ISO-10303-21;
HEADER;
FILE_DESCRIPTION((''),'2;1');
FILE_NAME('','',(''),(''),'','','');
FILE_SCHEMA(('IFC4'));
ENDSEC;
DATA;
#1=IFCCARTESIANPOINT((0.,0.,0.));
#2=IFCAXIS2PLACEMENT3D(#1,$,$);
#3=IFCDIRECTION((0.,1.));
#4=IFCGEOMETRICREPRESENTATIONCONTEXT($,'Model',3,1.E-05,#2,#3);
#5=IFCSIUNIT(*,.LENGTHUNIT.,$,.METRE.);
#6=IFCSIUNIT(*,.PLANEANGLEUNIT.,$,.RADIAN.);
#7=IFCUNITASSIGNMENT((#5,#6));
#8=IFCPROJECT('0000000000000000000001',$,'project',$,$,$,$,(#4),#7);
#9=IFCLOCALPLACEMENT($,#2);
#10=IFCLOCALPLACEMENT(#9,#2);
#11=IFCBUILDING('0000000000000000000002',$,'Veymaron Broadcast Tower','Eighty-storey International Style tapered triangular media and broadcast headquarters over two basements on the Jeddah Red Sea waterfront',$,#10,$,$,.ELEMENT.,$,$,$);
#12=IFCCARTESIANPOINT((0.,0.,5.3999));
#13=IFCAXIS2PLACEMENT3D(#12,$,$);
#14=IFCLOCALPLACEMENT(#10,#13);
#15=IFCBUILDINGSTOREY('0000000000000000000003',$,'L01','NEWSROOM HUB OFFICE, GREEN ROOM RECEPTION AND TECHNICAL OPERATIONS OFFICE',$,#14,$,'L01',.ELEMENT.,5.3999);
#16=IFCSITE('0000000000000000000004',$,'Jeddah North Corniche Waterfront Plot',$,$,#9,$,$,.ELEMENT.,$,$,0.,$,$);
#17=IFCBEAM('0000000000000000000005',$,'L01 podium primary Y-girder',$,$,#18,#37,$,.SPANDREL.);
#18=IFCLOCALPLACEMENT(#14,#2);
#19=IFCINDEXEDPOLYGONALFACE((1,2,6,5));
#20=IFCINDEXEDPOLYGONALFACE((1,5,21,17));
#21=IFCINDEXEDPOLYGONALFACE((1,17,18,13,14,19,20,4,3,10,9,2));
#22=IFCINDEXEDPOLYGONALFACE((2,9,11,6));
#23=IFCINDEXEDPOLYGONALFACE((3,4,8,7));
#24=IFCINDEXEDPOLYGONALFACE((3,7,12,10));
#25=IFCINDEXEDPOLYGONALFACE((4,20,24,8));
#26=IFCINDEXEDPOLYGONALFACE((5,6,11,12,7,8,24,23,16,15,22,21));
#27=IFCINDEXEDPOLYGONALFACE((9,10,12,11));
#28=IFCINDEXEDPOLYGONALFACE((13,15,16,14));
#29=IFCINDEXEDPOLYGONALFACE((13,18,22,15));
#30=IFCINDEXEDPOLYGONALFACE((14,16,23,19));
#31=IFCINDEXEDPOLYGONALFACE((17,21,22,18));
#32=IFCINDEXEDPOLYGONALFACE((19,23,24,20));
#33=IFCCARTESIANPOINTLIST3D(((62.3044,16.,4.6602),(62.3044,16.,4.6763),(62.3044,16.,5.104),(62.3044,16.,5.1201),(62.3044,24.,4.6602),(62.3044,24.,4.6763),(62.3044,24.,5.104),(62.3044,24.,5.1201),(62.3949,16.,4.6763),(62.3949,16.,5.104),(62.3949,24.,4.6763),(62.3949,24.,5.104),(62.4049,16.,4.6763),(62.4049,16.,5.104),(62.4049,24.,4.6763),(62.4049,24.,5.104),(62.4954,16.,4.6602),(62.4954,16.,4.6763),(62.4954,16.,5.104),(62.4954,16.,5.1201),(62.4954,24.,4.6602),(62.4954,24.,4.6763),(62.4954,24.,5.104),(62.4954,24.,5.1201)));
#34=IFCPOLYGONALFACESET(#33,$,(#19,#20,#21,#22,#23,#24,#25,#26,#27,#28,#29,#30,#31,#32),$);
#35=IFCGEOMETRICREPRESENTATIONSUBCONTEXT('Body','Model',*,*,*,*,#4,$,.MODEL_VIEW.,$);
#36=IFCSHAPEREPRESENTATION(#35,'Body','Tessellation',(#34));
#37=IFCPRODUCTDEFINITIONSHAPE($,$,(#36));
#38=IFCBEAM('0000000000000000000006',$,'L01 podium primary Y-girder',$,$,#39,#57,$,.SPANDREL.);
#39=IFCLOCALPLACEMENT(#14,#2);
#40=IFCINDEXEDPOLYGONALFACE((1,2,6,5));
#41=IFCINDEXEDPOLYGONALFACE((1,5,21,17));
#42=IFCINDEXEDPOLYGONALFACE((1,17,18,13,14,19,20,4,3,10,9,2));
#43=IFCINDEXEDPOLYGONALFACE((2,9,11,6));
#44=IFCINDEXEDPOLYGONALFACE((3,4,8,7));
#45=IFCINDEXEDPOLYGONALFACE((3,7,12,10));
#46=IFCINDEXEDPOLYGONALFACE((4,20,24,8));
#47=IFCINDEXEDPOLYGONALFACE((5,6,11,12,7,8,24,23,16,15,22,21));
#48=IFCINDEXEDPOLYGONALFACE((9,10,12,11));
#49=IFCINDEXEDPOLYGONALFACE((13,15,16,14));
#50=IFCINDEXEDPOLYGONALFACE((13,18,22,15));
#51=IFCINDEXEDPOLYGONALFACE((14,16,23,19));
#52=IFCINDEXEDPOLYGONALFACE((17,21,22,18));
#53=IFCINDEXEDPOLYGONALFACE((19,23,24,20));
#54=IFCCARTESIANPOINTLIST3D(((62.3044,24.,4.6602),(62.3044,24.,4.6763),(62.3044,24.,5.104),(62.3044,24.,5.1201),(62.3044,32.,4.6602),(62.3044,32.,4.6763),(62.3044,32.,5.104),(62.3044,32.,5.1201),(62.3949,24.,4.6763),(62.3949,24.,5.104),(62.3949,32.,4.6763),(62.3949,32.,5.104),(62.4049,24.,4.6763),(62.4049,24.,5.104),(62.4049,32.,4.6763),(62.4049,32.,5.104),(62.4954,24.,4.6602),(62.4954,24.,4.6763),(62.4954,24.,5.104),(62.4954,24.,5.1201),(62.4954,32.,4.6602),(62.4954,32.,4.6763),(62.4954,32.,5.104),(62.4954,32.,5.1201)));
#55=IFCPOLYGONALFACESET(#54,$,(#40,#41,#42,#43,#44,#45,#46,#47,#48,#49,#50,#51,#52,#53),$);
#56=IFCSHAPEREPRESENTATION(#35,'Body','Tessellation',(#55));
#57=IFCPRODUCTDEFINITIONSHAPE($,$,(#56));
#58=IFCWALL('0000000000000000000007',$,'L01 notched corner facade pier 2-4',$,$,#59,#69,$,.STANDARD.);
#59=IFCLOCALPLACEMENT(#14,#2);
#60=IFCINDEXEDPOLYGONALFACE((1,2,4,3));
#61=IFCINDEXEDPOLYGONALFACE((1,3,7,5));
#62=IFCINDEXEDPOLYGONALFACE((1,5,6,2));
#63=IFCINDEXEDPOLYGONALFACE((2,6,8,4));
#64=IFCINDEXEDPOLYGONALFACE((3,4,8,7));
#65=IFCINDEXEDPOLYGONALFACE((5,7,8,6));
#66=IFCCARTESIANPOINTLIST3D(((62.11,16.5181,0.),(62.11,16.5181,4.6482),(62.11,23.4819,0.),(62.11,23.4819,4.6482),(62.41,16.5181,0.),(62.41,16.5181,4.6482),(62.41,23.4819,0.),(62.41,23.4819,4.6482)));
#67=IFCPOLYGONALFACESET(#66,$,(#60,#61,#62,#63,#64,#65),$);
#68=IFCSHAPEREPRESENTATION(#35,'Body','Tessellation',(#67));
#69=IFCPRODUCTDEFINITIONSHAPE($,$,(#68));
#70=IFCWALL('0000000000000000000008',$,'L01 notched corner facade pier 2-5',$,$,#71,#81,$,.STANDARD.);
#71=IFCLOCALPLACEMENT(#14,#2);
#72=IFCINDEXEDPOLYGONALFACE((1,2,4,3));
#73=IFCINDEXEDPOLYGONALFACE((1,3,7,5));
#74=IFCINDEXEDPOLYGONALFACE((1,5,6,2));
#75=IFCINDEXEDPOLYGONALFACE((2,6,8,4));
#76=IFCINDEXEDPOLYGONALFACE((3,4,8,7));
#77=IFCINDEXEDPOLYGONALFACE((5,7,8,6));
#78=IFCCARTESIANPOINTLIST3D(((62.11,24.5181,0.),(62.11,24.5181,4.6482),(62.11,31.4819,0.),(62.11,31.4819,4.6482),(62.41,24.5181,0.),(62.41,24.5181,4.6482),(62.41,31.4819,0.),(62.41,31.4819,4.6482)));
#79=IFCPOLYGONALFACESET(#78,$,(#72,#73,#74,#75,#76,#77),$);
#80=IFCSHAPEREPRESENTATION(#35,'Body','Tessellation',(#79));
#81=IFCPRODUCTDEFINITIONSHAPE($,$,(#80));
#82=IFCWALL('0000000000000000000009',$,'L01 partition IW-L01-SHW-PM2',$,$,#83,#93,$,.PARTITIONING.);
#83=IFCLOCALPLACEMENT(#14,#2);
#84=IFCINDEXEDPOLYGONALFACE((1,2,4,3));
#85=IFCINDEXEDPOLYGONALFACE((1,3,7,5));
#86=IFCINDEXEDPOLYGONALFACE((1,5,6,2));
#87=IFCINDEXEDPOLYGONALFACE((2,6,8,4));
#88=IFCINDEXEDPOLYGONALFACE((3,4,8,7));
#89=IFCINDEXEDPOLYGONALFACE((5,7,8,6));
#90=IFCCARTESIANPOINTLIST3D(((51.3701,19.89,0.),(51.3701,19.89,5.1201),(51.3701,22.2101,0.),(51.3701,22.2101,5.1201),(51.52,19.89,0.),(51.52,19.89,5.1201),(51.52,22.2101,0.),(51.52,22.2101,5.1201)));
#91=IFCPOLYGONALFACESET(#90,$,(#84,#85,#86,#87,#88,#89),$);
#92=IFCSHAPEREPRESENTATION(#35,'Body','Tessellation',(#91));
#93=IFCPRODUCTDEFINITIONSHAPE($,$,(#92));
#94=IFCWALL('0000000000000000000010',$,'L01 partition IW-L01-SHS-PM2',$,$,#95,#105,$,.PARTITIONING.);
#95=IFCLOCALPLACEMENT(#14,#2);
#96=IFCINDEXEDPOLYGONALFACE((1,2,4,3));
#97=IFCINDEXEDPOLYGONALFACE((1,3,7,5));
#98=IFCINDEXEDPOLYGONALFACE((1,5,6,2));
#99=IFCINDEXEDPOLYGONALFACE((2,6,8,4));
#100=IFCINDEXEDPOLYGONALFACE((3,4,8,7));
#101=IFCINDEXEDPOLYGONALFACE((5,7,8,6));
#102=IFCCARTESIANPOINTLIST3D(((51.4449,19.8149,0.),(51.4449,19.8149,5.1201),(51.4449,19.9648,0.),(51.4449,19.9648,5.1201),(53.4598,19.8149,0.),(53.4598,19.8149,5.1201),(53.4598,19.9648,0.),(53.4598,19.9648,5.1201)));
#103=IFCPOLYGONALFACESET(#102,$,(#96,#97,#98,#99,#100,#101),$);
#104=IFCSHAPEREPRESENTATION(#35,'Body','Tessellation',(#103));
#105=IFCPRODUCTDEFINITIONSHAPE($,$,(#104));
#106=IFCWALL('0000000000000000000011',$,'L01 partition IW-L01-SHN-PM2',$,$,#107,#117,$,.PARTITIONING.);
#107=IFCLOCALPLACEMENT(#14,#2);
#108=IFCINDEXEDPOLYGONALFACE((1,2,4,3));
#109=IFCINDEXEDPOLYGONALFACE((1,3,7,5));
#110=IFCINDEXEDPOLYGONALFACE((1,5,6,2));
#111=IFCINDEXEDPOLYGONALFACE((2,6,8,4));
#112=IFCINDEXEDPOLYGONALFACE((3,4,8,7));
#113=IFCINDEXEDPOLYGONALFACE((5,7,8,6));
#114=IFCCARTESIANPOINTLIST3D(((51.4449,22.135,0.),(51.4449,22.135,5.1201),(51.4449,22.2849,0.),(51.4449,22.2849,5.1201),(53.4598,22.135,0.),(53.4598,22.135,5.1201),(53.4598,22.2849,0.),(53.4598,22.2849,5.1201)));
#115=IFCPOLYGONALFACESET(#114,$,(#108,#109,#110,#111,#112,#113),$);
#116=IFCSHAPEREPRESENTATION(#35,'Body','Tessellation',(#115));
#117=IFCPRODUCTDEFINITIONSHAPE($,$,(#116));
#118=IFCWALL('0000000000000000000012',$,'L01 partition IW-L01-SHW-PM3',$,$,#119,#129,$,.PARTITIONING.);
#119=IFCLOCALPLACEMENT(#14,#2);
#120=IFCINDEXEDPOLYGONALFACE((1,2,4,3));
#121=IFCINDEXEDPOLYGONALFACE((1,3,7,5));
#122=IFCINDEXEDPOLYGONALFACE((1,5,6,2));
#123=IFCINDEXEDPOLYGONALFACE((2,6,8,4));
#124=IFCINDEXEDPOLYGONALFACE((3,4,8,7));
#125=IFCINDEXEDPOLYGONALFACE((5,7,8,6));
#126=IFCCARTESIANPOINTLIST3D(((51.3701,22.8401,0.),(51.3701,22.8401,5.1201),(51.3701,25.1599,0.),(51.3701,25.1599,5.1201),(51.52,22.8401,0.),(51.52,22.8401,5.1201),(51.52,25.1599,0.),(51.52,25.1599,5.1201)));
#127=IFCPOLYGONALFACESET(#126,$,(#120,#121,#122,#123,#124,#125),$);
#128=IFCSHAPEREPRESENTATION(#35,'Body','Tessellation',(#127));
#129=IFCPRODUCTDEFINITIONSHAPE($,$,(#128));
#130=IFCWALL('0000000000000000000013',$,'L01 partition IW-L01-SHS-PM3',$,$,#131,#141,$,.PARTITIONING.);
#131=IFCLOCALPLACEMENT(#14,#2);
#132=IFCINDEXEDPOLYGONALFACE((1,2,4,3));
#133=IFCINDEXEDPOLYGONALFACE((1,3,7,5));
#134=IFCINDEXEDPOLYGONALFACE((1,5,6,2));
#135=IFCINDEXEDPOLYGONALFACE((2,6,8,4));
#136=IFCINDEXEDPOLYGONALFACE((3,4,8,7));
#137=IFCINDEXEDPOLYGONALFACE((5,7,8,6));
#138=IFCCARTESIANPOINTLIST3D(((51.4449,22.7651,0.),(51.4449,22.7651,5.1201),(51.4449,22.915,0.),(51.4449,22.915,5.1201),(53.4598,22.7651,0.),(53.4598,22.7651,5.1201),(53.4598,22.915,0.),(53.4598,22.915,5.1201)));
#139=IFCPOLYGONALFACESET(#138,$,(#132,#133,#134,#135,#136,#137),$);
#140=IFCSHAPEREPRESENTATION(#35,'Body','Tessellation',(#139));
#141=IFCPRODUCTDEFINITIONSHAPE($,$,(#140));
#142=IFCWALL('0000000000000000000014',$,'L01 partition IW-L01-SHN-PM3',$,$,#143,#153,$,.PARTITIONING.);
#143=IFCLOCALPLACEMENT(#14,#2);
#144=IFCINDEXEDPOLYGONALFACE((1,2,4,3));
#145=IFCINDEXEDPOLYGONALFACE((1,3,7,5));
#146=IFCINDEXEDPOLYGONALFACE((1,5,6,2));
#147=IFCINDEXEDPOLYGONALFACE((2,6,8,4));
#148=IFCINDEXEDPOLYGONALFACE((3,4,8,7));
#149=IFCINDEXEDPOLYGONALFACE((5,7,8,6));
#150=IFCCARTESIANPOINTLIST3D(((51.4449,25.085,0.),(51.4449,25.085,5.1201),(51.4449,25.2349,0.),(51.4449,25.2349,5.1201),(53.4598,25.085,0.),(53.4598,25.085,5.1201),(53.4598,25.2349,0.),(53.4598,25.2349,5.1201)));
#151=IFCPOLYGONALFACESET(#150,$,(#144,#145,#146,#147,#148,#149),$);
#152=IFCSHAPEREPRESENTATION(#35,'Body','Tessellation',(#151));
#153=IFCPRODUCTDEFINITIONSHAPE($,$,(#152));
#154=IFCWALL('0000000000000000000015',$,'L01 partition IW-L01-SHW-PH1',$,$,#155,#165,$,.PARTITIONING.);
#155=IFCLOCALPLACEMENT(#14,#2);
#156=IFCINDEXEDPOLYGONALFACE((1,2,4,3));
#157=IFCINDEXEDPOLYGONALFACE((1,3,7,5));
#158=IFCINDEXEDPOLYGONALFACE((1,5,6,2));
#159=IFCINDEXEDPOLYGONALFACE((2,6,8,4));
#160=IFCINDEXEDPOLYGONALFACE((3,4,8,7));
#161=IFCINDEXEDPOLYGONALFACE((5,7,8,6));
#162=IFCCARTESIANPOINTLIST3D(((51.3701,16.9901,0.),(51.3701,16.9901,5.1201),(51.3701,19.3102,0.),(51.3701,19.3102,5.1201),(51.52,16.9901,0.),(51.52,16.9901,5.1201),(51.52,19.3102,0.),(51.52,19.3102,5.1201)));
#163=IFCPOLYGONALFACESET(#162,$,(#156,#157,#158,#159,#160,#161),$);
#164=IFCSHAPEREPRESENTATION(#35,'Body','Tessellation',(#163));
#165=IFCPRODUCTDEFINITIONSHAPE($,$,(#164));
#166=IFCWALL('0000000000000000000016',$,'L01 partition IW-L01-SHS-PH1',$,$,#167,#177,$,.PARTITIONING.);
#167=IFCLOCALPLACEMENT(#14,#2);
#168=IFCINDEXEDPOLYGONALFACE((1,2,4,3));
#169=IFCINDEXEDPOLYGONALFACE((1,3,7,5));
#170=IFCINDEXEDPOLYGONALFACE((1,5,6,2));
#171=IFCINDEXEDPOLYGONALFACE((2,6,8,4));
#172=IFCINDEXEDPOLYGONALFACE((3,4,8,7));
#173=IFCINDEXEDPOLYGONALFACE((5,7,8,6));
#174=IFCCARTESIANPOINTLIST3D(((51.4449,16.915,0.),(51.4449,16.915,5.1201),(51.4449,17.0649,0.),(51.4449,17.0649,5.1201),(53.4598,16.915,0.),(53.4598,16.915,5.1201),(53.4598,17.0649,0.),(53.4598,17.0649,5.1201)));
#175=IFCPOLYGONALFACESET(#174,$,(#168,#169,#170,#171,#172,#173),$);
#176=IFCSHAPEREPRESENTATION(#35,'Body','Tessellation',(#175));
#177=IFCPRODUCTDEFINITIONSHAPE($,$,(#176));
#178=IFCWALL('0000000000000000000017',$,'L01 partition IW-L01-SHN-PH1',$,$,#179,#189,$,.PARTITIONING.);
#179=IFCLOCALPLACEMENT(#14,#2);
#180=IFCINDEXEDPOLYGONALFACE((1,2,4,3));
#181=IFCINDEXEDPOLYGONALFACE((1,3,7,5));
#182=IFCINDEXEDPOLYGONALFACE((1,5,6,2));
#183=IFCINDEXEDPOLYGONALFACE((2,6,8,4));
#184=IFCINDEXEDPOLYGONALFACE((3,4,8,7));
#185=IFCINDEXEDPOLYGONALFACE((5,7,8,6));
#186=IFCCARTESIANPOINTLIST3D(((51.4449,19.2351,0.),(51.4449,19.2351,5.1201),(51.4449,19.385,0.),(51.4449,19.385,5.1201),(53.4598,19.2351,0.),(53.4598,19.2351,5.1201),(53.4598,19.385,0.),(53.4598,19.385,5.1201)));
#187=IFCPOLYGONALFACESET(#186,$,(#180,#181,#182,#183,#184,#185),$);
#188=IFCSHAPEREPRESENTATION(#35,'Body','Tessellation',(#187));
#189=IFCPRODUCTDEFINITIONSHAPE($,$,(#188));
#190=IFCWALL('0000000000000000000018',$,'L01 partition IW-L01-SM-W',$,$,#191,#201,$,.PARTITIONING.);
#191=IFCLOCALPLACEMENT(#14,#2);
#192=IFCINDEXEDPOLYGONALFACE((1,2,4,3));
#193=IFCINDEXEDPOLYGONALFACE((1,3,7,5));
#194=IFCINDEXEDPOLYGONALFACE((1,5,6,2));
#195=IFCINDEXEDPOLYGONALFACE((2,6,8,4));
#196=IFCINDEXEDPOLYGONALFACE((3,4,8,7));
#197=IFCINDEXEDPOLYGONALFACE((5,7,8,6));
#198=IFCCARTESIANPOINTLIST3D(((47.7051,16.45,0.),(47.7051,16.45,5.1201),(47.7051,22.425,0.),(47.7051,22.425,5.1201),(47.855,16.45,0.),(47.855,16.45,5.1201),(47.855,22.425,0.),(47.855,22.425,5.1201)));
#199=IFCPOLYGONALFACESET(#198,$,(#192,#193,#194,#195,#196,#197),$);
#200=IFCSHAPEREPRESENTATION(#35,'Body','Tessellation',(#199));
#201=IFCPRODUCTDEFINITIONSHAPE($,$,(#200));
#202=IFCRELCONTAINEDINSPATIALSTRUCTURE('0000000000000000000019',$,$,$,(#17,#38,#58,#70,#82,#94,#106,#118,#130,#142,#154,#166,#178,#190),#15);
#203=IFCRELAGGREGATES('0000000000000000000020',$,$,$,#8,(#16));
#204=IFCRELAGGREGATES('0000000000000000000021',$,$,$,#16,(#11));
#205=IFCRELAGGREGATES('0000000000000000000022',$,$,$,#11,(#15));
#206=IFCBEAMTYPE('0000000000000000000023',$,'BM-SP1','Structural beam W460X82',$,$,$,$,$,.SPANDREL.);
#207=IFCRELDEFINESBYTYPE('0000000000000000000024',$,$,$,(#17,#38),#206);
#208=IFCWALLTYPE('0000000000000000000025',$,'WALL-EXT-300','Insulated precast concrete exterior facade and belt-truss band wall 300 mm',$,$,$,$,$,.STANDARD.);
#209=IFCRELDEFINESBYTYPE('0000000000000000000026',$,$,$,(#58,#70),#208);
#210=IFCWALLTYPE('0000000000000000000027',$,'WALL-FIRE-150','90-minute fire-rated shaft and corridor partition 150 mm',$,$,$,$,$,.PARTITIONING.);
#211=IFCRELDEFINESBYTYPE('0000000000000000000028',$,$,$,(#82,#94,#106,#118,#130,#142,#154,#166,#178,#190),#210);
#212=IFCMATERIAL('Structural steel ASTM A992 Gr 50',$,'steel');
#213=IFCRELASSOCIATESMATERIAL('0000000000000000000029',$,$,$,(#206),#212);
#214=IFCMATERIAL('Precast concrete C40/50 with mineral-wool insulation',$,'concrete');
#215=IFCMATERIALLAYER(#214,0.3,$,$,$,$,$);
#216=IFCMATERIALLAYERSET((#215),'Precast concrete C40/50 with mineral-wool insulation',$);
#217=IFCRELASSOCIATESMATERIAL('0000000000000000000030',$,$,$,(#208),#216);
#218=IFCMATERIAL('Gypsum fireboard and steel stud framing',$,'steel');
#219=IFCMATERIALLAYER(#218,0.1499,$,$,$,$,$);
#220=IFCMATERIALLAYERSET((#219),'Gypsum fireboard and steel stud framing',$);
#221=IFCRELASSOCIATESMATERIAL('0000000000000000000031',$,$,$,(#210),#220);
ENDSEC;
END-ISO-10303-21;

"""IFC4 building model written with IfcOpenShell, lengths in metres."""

from ifc_helpers import new_model, si_unit, direction, frame, frame_2d, origin, origin_2d, place, context, subcontext, project, spatial, rectangle, i_section, extrude, material, layer, layer_set, material_profile, profile_set, type_object, element, save


model = new_model("IFC4")

# Units and contexts
model_context = context("Model", 3, precision=1e-05, world=origin(), true_north=direction((0.0, 1.0)))
body_context = subcontext(model_context, "Body", "Model", "MODEL_VIEW")
ifc_project = project(units=[si_unit("LENGTHUNIT", "METRE"), si_unit("PLANEANGLEUNIT", "RADIAN")], contexts=[model_context])

# Site, building, storey
site_placement = place(None, origin())
site = spatial("IfcSite", under=ifc_project, at=site_placement, Name="Jeddah North Corniche Waterfront Plot", CompositionType="ELEMENT", RefElevation=0.0)
building_placement = place(site_placement, origin())
building = spatial("IfcBuilding", under=site, at=building_placement, Name="Veymaron Broadcast Tower", Description="Eighty-storey International Style tapered triangular media and broadcast headquarters over two basements on the Jeddah Red Sea waterfront", CompositionType="ELEMENT")
storey_placement = place(building_placement, frame((0.0, 0.0, 5.3999)))
storey = spatial("IfcBuildingStorey", under=building, at=storey_placement, Name="L01", Description="NEWSROOM HUB OFFICE, GREEN ROOM RECEPTION AND TECHNICAL OPERATIONS OFFICE", LongName="L01", CompositionType="ELEMENT", Elevation=5.3999)

# Beams
ifc_material_1 = material(Name="Structural steel ASTM A992 Gr 50", Category="steel")
ifc_material_profile_1 = material_profile(ifc_material_1, i_section(OverallWidth=0.1909, OverallDepth=0.46, WebThickness=0.01, FlangeThickness=0.0161, at=origin_2d()), Name="W460X82")
ifc_profile_set_1 = profile_set([ifc_material_profile_1], Name="Structural steel ASTM A992 Gr 50")
beam_type_1 = type_object("IfcBeamType", Name="BM-SP1", Description="Structural beam W460X82", PredefinedType="SPANDREL", material=ifc_profile_set_1)
for number, where, z_axis, x_axis, name in (
    (1, (62.3999, 16.0, 4.8901), (0.0, 1.0, 0.0), (-1.0, 0.0, 0.0), "L01 podium primary Y-girder"),
    (2, (62.3999, 24.0, 4.8901), (0.0, 1.0, 0.0), (-1.0, 0.0, 0.0), "L01 podium primary Y-girder"),
):
    element("IfcBeam", number, at=place(storey_placement, frame(where, z_axis=z_axis, x_axis=x_axis)), inside=storey, type_object=beam_type_1, Name=name, PredefinedType="SPANDREL", context=body_context, shape_type="SweptSolid", body=[
        extrude(i_section(OverallWidth=0.1909, OverallDepth=0.46, WebThickness=0.01, FlangeThickness=0.0161, at=origin_2d()), origin(), (0.0, 0.0, 1.0), 8.0),
    ])

# Walls
ifc_material_2 = material(Name="Precast concrete C40/50 with mineral-wool insulation", Category="concrete")
ifc_layer_1 = layer(ifc_material_2, 0.3)
ifc_layer_set_1 = layer_set([ifc_layer_1], Name="Precast concrete C40/50 with mineral-wool insulation")
wall_type_1 = type_object("IfcWallType", Name="WALL-EXT-300", Description="Insulated precast concrete exterior facade and belt-truss band wall 300 mm", PredefinedType="STANDARD", material=ifc_layer_set_1)
for number, where, z_axis, x_axis, name in (
    (3, (62.26, 16.5181, 0.0), (0.0, 0.0, 1.0), (0.0, 1.0, 0.0), "L01 notched corner facade pier 2-4"),
    (4, (62.26, 24.5181, 0.0), (0.0, 0.0, 1.0), (0.0, 1.0, 0.0), "L01 notched corner facade pier 2-5"),
):
    element("IfcWall", number, at=place(storey_placement, frame(where, z_axis=z_axis, x_axis=x_axis)), inside=storey, type_object=wall_type_1, Name=name, PredefinedType="STANDARD", context=body_context, shape_type="SweptSolid", body=[
        extrude(rectangle(XDim=6.9639, YDim=0.3, at=frame_2d((3.4819, 0.0))), origin(), (0.0, 0.0, 1.0), 4.6482),
    ])
ifc_material_3 = material(Name="Gypsum fireboard and steel stud framing", Category="steel")
ifc_layer_2 = layer(ifc_material_3, 0.1499)
ifc_layer_set_2 = layer_set([ifc_layer_2], Name="Gypsum fireboard and steel stud framing")
wall_type_2 = type_object("IfcWallType", Name="WALL-FIRE-150", Description="90-minute fire-rated shaft and corridor partition 150 mm", PredefinedType="PARTITIONING", material=ifc_layer_set_2)
wall_1_placement = place(storey_placement, frame((51.4451, 19.8899, 0.0), z_axis=(0.0, 0.0, 1.0), x_axis=(0.0, 1.0, 0.0)))
element("IfcWall", 5, at=wall_1_placement, inside=storey, type_object=wall_type_2, Name="L01 partition IW-L01-SHW-PM2", PredefinedType="PARTITIONING", context=body_context, shape_type="SweptSolid", body=[
    extrude(rectangle(XDim=2.3201, YDim=0.1499, at=frame_2d((1.1602, 0.0))), origin(), (0.0, 0.0, 1.0), 5.1201),
])
for number, where, z_axis, x_axis, name in (
    (6, (51.4451, 19.8899, 0.0), (0.0, 0.0, 1.0), (1.0, 0.0, 0.0), "L01 partition IW-L01-SHS-PM2"),
    (7, (51.4451, 22.21, 0.0), (0.0, 0.0, 1.0), (1.0, 0.0, 0.0), "L01 partition IW-L01-SHN-PM2"),
):
    element("IfcWall", number, at=place(storey_placement, frame(where, z_axis=z_axis, x_axis=x_axis)), inside=storey, type_object=wall_type_2, Name=name, PredefinedType="PARTITIONING", context=body_context, shape_type="SweptSolid", body=[
        extrude(rectangle(XDim=2.0149, YDim=0.1499, at=frame_2d((1.0073, 0.0))), origin(), (0.0, 0.0, 1.0), 5.1201),
    ])
wall_2_placement = place(storey_placement, frame((51.4451, 22.8401, 0.0), z_axis=(0.0, 0.0, 1.0), x_axis=(0.0, 1.0, 0.0)))
element("IfcWall", 8, at=wall_2_placement, inside=storey, type_object=wall_type_2, Name="L01 partition IW-L01-SHW-PM3", PredefinedType="PARTITIONING", context=body_context, shape_type="SweptSolid", body=[
    extrude(rectangle(XDim=2.3198, YDim=0.1499, at=frame_2d((1.1599, 0.0))), origin(), (0.0, 0.0, 1.0), 5.1201),
])
for number, where, z_axis, x_axis, name in (
    (9, (51.4451, 22.8401, 0.0), (0.0, 0.0, 1.0), (1.0, 0.0, 0.0), "L01 partition IW-L01-SHS-PM3"),
    (10, (51.4451, 25.1599, 0.0), (0.0, 0.0, 1.0), (1.0, 0.0, 0.0), "L01 partition IW-L01-SHN-PM3"),
):
    element("IfcWall", number, at=place(storey_placement, frame(where, z_axis=z_axis, x_axis=x_axis)), inside=storey, type_object=wall_type_2, Name=name, PredefinedType="PARTITIONING", context=body_context, shape_type="SweptSolid", body=[
        extrude(rectangle(XDim=2.0149, YDim=0.1499, at=frame_2d((1.0073, 0.0))), origin(), (0.0, 0.0, 1.0), 5.1201),
    ])
wall_3_placement = place(storey_placement, frame((51.4451, 16.99, 0.0), z_axis=(0.0, 0.0, 1.0), x_axis=(0.0, 1.0, 0.0)))
element("IfcWall", 11, at=wall_3_placement, inside=storey, type_object=wall_type_2, Name="L01 partition IW-L01-SHW-PH1", PredefinedType="PARTITIONING", context=body_context, shape_type="SweptSolid", body=[
    extrude(rectangle(XDim=2.3201, YDim=0.1499, at=frame_2d((1.1602, 0.0))), origin(), (0.0, 0.0, 1.0), 5.1201),
])
for number, where, z_axis, x_axis, name in (
    (12, (51.4451, 16.99, 0.0), (0.0, 0.0, 1.0), (1.0, 0.0, 0.0), "L01 partition IW-L01-SHS-PH1"),
    (13, (51.4451, 19.3101, 0.0), (0.0, 0.0, 1.0), (1.0, 0.0, 0.0), "L01 partition IW-L01-SHN-PH1"),
):
    element("IfcWall", number, at=place(storey_placement, frame(where, z_axis=z_axis, x_axis=x_axis)), inside=storey, type_object=wall_type_2, Name=name, PredefinedType="PARTITIONING", context=body_context, shape_type="SweptSolid", body=[
        extrude(rectangle(XDim=2.0149, YDim=0.1499, at=frame_2d((1.0073, 0.0))), origin(), (0.0, 0.0, 1.0), 5.1201),
    ])

# Wall
wall_4_placement = place(storey_placement, frame((47.78, 16.45, 0.0), z_axis=(0.0, 0.0, 1.0), x_axis=(0.0, 1.0, 0.0)))
element("IfcWall", 14, at=wall_4_placement, inside=storey, type_object=wall_type_2, Name="L01 partition IW-L01-SM-W", PredefinedType="PARTITIONING", context=body_context, shape_type="SweptSolid", body=[
    extrude(rectangle(XDim=5.9751, YDim=0.1499, at=frame_2d((2.9875, 0.0))), origin(), (0.0, 0.0, 1.0), 5.1201),
])

save(model, "model.ifc")
